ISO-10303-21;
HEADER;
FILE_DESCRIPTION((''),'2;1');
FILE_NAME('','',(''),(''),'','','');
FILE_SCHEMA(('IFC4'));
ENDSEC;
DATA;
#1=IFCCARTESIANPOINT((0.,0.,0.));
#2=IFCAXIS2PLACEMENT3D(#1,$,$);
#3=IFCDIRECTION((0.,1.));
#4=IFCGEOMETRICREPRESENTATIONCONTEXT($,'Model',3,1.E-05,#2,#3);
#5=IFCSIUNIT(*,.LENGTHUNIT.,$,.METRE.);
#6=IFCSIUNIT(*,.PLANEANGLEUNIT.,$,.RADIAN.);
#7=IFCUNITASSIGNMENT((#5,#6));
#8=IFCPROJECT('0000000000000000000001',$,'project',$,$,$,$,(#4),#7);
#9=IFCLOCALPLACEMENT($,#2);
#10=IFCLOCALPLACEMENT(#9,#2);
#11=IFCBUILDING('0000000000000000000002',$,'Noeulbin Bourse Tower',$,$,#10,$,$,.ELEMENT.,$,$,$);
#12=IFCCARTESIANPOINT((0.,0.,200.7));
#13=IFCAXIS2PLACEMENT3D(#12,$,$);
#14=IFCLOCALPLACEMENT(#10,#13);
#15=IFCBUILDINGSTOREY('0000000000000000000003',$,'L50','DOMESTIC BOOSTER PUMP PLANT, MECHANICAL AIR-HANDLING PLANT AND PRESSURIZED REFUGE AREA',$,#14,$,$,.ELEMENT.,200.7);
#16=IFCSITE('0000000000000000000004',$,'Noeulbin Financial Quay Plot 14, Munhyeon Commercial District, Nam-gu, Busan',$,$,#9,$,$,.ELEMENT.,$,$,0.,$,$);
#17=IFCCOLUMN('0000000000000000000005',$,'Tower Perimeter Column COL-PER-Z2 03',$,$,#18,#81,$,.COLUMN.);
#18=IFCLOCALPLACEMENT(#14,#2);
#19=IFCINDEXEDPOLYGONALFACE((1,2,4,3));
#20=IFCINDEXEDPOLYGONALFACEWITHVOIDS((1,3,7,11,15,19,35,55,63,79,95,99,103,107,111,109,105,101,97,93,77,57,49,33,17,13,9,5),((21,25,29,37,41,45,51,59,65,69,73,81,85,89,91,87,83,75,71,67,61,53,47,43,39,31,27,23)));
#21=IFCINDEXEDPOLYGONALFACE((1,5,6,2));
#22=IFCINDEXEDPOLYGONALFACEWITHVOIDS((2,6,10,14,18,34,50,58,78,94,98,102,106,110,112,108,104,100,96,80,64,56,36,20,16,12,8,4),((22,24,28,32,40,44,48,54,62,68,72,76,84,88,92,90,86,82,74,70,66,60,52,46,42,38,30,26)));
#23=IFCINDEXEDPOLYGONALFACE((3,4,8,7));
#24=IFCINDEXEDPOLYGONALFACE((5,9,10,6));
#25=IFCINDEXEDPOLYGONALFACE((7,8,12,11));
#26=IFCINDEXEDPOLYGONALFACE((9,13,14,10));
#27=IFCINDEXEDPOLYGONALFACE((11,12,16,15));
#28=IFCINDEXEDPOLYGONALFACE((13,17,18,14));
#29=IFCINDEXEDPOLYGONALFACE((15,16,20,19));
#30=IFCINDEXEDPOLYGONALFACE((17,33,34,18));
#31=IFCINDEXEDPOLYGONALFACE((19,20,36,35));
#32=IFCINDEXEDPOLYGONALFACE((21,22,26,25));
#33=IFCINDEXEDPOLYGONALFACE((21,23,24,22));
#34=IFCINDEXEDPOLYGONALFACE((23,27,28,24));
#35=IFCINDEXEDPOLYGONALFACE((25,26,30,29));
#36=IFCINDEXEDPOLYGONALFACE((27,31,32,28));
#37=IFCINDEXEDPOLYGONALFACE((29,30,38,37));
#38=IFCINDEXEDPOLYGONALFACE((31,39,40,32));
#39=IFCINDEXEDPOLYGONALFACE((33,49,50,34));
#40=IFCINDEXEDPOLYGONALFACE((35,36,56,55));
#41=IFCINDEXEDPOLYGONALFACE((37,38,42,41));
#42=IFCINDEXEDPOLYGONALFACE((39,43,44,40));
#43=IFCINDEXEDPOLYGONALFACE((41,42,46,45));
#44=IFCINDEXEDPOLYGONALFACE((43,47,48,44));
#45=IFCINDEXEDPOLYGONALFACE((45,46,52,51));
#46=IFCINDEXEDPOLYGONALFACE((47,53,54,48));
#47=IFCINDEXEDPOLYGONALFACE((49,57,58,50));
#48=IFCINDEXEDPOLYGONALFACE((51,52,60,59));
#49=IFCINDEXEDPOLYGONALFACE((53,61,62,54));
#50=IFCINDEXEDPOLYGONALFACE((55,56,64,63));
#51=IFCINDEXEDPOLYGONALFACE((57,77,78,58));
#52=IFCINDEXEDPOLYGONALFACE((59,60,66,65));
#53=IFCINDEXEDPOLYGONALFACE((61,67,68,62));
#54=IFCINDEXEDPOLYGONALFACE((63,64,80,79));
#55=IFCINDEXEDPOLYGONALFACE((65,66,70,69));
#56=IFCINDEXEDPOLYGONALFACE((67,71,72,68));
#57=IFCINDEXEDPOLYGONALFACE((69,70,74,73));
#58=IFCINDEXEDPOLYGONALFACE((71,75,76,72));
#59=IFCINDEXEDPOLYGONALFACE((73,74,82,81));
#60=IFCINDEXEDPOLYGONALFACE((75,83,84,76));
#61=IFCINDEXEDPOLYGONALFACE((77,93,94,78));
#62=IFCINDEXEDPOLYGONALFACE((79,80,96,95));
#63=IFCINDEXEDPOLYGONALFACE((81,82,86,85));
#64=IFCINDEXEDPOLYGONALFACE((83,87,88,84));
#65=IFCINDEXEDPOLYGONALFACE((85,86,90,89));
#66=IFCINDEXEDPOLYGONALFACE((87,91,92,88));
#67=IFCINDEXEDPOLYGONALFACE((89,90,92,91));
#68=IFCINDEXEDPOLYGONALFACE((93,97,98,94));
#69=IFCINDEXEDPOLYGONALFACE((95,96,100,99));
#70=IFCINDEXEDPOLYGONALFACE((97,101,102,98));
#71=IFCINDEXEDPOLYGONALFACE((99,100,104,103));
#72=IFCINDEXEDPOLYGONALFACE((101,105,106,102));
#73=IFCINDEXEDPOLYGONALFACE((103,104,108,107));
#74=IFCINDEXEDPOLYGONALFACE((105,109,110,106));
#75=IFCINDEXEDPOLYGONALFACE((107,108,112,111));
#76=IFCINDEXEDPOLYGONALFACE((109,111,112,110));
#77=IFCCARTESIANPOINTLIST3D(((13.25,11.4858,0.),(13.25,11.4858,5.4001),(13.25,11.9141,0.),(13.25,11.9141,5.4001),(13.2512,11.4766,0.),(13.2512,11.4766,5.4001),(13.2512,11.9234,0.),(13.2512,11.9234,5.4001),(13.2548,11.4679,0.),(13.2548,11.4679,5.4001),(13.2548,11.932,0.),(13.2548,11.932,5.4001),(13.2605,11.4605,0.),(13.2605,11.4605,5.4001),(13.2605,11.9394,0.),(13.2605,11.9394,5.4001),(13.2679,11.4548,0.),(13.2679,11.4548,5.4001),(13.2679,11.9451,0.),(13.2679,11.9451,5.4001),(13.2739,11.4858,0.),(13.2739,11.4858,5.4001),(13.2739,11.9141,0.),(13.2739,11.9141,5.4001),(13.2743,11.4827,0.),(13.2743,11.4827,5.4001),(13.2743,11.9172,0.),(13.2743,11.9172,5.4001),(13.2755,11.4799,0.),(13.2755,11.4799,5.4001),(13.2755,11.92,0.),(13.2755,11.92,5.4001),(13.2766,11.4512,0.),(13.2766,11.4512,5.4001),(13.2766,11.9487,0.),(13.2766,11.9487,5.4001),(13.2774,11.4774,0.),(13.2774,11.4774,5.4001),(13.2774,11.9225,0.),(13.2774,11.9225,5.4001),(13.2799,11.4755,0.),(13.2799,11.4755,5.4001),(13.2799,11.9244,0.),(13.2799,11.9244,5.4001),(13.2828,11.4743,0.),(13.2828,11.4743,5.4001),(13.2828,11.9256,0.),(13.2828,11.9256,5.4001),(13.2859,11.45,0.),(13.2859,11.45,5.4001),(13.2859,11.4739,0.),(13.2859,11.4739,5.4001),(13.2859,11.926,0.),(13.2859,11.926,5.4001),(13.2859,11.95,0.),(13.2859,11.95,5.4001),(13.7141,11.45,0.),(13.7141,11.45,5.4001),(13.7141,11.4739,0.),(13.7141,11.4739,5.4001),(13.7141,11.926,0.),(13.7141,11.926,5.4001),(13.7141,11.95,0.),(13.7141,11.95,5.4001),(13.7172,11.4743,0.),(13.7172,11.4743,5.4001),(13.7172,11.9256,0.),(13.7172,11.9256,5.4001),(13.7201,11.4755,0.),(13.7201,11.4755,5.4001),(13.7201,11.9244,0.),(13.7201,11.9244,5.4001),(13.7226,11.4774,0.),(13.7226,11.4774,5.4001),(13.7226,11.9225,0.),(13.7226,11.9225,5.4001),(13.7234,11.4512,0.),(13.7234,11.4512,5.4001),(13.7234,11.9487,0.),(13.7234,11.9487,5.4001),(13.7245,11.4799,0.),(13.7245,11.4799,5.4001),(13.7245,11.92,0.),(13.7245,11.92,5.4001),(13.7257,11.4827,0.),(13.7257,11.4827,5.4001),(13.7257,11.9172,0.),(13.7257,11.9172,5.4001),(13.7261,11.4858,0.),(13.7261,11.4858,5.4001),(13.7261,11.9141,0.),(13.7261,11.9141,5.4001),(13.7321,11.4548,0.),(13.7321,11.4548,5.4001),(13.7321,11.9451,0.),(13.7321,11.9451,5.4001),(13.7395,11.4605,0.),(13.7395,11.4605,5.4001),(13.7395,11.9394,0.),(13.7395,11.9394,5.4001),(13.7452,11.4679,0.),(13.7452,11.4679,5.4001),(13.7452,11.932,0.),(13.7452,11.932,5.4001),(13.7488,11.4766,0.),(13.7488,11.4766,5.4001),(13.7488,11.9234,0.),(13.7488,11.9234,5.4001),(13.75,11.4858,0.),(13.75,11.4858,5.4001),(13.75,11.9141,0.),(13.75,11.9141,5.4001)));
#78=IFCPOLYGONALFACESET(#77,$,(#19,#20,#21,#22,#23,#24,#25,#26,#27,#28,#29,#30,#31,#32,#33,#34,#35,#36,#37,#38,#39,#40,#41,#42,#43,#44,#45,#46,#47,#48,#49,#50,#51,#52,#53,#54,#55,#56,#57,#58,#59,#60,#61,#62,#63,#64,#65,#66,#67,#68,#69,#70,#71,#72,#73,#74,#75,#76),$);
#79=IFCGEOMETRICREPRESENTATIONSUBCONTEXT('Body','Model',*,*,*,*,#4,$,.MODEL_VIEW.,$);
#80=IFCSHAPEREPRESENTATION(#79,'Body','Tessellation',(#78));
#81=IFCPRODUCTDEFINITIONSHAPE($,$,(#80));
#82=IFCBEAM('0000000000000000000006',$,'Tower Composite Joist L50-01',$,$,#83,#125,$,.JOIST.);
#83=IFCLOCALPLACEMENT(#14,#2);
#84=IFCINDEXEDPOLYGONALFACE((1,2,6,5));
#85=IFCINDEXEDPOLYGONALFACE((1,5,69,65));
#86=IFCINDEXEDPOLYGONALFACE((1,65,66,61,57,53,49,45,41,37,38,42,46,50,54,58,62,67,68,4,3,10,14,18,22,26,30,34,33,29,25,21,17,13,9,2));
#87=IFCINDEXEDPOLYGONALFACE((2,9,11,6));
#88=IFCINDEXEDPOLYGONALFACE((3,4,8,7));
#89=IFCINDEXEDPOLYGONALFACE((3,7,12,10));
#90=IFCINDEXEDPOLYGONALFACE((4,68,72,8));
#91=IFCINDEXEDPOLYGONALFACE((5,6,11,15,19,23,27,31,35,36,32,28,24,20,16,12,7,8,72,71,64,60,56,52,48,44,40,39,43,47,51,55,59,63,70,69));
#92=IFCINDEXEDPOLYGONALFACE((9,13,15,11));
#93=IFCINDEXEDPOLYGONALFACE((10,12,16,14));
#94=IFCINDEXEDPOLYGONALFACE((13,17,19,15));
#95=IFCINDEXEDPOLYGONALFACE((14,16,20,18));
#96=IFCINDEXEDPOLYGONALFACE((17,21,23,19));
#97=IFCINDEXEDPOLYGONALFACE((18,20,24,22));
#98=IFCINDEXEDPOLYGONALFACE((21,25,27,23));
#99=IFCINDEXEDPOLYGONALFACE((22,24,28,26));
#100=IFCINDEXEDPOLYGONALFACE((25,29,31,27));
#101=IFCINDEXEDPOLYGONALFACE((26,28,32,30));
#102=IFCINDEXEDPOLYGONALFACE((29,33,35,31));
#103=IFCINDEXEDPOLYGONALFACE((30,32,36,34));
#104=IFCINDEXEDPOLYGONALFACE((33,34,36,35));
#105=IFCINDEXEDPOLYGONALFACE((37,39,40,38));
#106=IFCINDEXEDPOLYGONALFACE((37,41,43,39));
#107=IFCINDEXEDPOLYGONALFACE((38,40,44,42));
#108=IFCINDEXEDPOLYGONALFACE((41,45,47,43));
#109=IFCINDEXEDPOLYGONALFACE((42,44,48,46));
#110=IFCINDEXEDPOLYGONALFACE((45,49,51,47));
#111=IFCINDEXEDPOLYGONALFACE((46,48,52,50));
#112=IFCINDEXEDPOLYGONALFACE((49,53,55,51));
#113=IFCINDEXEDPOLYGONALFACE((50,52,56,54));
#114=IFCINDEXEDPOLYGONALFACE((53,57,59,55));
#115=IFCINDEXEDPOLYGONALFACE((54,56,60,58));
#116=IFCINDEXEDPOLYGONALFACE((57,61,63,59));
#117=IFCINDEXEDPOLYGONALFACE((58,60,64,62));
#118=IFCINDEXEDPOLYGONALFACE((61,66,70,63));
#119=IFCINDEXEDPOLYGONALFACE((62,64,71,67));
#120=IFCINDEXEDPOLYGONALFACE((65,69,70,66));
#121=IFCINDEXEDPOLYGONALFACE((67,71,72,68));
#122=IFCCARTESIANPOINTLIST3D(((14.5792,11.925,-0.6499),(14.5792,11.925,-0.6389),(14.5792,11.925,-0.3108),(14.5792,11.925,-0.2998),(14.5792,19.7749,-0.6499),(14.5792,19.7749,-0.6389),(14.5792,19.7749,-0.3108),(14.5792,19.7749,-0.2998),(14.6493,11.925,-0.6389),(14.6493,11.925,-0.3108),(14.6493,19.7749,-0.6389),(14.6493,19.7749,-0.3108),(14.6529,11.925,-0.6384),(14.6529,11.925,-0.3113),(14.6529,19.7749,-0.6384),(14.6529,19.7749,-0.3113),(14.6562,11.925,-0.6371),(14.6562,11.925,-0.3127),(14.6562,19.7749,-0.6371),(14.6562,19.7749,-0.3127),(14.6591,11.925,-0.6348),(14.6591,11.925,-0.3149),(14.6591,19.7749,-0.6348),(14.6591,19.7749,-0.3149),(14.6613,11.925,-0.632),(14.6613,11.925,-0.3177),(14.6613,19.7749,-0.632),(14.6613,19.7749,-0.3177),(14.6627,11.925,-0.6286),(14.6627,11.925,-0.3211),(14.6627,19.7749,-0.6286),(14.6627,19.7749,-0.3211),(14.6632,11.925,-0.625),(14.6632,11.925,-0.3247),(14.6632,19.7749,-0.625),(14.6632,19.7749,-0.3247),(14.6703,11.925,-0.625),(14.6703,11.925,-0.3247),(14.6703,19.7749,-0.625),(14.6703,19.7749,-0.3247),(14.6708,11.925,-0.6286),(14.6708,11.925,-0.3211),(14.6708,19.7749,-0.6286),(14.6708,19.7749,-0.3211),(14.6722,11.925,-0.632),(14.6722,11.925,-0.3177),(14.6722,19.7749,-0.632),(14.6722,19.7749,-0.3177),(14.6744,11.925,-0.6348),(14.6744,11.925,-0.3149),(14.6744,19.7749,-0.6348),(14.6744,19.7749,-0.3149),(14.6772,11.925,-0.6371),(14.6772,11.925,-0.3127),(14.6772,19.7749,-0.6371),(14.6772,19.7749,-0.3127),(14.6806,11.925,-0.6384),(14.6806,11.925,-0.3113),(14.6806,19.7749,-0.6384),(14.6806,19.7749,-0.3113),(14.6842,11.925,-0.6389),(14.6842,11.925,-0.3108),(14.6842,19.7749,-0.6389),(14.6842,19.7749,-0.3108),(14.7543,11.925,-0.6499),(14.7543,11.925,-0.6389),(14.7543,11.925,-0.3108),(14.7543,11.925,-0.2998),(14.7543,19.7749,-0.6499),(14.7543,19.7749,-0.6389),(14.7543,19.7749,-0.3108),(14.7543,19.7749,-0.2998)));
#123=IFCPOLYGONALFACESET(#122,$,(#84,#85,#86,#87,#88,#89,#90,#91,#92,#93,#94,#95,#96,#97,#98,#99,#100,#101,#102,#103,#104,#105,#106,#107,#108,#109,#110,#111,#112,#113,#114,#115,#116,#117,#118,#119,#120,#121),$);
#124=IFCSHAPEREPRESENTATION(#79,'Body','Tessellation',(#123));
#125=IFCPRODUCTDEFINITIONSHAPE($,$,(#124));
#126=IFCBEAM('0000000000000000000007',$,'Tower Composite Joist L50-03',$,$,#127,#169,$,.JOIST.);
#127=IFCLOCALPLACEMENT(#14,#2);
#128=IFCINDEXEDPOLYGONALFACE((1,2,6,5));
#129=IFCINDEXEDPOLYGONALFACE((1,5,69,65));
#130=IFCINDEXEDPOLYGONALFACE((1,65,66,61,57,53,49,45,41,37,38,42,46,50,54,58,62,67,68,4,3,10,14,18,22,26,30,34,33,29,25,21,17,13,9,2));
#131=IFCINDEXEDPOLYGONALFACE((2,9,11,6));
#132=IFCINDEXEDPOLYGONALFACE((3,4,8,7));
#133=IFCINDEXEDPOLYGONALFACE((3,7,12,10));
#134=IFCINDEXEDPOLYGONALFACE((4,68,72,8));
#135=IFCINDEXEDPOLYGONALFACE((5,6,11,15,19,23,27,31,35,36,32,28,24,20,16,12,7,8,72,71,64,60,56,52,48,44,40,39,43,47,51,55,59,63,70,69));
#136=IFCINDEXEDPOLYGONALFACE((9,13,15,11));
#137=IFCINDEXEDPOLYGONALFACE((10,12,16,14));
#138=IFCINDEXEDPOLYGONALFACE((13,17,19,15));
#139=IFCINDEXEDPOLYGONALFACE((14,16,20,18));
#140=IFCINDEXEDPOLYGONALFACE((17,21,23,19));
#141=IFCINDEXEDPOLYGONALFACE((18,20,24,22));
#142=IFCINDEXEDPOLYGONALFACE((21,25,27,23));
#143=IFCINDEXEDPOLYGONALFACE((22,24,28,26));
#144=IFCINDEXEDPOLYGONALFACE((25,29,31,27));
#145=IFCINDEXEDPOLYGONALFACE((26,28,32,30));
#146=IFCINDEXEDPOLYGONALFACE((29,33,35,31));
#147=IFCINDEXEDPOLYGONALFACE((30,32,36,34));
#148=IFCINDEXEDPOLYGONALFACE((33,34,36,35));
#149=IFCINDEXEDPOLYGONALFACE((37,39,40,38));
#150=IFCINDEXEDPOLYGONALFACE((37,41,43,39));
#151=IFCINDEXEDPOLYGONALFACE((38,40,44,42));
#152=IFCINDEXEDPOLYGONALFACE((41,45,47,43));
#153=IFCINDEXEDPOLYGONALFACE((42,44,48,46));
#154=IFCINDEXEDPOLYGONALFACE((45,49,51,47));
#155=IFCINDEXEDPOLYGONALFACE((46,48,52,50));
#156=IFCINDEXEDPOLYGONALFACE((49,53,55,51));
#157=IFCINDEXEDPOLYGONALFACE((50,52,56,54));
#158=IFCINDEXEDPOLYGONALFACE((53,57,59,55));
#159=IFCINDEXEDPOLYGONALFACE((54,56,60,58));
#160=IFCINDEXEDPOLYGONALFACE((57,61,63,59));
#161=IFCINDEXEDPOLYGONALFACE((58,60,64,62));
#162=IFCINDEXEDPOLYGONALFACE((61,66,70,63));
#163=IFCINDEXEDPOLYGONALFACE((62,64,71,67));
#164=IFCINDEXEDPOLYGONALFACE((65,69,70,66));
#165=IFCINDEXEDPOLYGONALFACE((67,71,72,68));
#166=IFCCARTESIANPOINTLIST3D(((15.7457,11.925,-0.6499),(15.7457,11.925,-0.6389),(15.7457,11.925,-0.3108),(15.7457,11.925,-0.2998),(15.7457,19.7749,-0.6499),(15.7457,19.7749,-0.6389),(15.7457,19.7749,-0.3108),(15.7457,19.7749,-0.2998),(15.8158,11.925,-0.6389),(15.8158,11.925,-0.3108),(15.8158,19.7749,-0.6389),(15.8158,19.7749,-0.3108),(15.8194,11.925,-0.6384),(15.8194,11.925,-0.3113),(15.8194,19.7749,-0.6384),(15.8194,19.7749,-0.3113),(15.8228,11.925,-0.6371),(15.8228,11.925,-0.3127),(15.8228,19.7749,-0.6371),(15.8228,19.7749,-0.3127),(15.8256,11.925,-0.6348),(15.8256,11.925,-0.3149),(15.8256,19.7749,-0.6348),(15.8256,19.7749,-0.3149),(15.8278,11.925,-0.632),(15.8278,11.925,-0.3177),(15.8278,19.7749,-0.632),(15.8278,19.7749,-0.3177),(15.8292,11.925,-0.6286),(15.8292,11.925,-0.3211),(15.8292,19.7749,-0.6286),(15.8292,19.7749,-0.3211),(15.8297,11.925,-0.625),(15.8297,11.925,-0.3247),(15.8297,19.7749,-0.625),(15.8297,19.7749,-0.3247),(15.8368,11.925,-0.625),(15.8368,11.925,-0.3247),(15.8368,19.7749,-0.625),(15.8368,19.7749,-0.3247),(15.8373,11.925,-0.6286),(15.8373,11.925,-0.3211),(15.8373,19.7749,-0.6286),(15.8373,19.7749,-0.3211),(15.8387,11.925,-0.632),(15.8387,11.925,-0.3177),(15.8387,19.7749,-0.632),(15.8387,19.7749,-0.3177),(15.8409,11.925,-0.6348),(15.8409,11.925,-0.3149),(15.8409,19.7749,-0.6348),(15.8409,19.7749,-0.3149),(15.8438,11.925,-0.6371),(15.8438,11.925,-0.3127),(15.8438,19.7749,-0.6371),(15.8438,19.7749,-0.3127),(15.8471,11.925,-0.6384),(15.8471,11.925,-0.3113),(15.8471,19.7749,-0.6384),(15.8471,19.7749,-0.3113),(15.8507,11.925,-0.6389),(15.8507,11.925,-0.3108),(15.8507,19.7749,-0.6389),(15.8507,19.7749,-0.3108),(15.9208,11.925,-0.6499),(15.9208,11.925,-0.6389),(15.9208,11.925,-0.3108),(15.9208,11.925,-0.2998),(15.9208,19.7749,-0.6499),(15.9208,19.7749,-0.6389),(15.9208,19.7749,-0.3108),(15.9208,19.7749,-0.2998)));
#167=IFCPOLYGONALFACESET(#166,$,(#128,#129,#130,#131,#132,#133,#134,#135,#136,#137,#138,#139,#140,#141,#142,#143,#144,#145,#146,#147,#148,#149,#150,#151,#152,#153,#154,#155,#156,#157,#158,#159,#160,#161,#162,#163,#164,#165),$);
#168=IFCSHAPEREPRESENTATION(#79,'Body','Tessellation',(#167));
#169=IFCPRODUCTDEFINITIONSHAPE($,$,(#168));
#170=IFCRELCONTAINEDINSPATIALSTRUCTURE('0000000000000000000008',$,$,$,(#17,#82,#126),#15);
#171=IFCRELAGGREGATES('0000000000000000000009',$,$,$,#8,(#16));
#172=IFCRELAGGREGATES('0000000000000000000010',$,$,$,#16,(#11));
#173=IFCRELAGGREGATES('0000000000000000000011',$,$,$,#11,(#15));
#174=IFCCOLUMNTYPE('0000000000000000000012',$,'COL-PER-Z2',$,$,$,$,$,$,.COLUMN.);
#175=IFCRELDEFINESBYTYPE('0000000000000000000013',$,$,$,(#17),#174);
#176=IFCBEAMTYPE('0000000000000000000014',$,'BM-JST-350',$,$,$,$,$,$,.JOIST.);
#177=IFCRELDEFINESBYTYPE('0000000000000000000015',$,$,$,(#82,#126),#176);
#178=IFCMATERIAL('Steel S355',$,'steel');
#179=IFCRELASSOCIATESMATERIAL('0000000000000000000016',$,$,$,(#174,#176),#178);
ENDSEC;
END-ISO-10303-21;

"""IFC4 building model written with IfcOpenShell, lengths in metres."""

from ifc_helpers import new_model, si_unit, direction, frame, origin, origin_2d, place, context, subcontext, project, spatial, hollow_rectangle, i_section, extrude, material, material_profile, profile_set, type_object, element, save


model = new_model("IFC4")

# Units and contexts
model_context = context("Model", 3, precision=1e-05, world=origin(), true_north=direction((0.0, 1.0)))
body_context = subcontext(model_context, "Body", "Model", "MODEL_VIEW")
ifc_project = project(units=[si_unit("LENGTHUNIT", "METRE"), si_unit("PLANEANGLEUNIT", "RADIAN")], contexts=[model_context])

# Site, building, storey
site_placement = place(None, origin())
site = spatial("IfcSite", under=ifc_project, at=site_placement, Name="Noeulbin Financial Quay Plot 14, Munhyeon Commercial District, Nam-gu, Busan", CompositionType="ELEMENT", RefElevation=0.0)
building_placement = place(site_placement, origin())
building = spatial("IfcBuilding", under=site, at=building_placement, Name="Noeulbin Bourse Tower", CompositionType="ELEMENT")
storey_placement = place(building_placement, frame((0.0, 0.0, 200.7)))
storey = spatial("IfcBuildingStorey", under=building, at=storey_placement, Name="L50", Description="DOMESTIC BOOSTER PUMP PLANT, MECHANICAL AIR-HANDLING PLANT AND PRESSURIZED REFUGE AREA", CompositionType="ELEMENT", Elevation=200.7)

# Column
ifc_material_1 = material(Name="Steel S355", Category="steel")
ifc_material_profile_1 = material_profile(ifc_material_1, hollow_rectangle(XDim=0.5, YDim=0.5, WallThickness=0.0239, InnerFilletRadius=0.012, OuterFilletRadius=0.0359, at=origin_2d()), Name="BOX-500x500x24", Category="LoadBearing")
ifc_profile_set_1 = profile_set([ifc_material_profile_1], Name="Steel S355")
column_type = type_object("IfcColumnType", Name="COL-PER-Z2", PredefinedType="COLUMN", material=ifc_profile_set_1)
column_placement = place(storey_placement, frame((13.5, 11.7, 0.0), z_axis=(0.0, 0.0, 1.0), x_axis=(1.0, 0.0, 0.0)))
element("IfcColumn", 1, at=column_placement, inside=storey, type_object=column_type, Name="Tower Perimeter Column COL-PER-Z2 03", PredefinedType="COLUMN", context=body_context, shape_type="SweptSolid", body=[
    extrude(hollow_rectangle(XDim=0.5, YDim=0.5, WallThickness=0.0239, InnerFilletRadius=0.012, OuterFilletRadius=0.0359, at=origin_2d()), origin(), (0.0, 0.0, 1.0), 5.4001),
])

# Beams
ifc_material_profile_2 = material_profile(ifc_material_1, i_section(OverallWidth=0.175, OverallDepth=0.3501, WebThickness=0.0071, FlangeThickness=0.011, FilletRadius=0.0139, at=origin_2d()), Name="H-350x175x7x11", Category="LoadBearing")
ifc_profile_set_2 = profile_set([ifc_material_profile_2], Name="Steel S355")
beam_type_1 = type_object("IfcBeamType", Name="BM-JST-350", PredefinedType="JOIST", material=ifc_profile_set_2)
for number, where, z_axis, x_axis, name in (
    (2, (14.6667, 11.925, -0.4749), (0.0, 1.0, 0.0), (-1.0, 0.0, 0.0), "Tower Composite Joist L50-01"),
    (3, (15.8333, 11.925, -0.4749), (0.0, 1.0, 0.0), (-1.0, 0.0, 0.0), "Tower Composite Joist L50-03"),
):
    element("IfcBeam", number, at=place(storey_placement, frame(where, z_axis=z_axis, x_axis=x_axis)), inside=storey, type_object=beam_type_1, Name=name, PredefinedType="JOIST", context=body_context, shape_type="SweptSolid", body=[
        extrude(i_section(OverallWidth=0.175, OverallDepth=0.3501, WebThickness=0.0071, FlangeThickness=0.011, FilletRadius=0.0139, at=origin_2d()), origin(), (0.0, 0.0, 1.0), 7.8499),
    ])

save(model, "model.ifc")
